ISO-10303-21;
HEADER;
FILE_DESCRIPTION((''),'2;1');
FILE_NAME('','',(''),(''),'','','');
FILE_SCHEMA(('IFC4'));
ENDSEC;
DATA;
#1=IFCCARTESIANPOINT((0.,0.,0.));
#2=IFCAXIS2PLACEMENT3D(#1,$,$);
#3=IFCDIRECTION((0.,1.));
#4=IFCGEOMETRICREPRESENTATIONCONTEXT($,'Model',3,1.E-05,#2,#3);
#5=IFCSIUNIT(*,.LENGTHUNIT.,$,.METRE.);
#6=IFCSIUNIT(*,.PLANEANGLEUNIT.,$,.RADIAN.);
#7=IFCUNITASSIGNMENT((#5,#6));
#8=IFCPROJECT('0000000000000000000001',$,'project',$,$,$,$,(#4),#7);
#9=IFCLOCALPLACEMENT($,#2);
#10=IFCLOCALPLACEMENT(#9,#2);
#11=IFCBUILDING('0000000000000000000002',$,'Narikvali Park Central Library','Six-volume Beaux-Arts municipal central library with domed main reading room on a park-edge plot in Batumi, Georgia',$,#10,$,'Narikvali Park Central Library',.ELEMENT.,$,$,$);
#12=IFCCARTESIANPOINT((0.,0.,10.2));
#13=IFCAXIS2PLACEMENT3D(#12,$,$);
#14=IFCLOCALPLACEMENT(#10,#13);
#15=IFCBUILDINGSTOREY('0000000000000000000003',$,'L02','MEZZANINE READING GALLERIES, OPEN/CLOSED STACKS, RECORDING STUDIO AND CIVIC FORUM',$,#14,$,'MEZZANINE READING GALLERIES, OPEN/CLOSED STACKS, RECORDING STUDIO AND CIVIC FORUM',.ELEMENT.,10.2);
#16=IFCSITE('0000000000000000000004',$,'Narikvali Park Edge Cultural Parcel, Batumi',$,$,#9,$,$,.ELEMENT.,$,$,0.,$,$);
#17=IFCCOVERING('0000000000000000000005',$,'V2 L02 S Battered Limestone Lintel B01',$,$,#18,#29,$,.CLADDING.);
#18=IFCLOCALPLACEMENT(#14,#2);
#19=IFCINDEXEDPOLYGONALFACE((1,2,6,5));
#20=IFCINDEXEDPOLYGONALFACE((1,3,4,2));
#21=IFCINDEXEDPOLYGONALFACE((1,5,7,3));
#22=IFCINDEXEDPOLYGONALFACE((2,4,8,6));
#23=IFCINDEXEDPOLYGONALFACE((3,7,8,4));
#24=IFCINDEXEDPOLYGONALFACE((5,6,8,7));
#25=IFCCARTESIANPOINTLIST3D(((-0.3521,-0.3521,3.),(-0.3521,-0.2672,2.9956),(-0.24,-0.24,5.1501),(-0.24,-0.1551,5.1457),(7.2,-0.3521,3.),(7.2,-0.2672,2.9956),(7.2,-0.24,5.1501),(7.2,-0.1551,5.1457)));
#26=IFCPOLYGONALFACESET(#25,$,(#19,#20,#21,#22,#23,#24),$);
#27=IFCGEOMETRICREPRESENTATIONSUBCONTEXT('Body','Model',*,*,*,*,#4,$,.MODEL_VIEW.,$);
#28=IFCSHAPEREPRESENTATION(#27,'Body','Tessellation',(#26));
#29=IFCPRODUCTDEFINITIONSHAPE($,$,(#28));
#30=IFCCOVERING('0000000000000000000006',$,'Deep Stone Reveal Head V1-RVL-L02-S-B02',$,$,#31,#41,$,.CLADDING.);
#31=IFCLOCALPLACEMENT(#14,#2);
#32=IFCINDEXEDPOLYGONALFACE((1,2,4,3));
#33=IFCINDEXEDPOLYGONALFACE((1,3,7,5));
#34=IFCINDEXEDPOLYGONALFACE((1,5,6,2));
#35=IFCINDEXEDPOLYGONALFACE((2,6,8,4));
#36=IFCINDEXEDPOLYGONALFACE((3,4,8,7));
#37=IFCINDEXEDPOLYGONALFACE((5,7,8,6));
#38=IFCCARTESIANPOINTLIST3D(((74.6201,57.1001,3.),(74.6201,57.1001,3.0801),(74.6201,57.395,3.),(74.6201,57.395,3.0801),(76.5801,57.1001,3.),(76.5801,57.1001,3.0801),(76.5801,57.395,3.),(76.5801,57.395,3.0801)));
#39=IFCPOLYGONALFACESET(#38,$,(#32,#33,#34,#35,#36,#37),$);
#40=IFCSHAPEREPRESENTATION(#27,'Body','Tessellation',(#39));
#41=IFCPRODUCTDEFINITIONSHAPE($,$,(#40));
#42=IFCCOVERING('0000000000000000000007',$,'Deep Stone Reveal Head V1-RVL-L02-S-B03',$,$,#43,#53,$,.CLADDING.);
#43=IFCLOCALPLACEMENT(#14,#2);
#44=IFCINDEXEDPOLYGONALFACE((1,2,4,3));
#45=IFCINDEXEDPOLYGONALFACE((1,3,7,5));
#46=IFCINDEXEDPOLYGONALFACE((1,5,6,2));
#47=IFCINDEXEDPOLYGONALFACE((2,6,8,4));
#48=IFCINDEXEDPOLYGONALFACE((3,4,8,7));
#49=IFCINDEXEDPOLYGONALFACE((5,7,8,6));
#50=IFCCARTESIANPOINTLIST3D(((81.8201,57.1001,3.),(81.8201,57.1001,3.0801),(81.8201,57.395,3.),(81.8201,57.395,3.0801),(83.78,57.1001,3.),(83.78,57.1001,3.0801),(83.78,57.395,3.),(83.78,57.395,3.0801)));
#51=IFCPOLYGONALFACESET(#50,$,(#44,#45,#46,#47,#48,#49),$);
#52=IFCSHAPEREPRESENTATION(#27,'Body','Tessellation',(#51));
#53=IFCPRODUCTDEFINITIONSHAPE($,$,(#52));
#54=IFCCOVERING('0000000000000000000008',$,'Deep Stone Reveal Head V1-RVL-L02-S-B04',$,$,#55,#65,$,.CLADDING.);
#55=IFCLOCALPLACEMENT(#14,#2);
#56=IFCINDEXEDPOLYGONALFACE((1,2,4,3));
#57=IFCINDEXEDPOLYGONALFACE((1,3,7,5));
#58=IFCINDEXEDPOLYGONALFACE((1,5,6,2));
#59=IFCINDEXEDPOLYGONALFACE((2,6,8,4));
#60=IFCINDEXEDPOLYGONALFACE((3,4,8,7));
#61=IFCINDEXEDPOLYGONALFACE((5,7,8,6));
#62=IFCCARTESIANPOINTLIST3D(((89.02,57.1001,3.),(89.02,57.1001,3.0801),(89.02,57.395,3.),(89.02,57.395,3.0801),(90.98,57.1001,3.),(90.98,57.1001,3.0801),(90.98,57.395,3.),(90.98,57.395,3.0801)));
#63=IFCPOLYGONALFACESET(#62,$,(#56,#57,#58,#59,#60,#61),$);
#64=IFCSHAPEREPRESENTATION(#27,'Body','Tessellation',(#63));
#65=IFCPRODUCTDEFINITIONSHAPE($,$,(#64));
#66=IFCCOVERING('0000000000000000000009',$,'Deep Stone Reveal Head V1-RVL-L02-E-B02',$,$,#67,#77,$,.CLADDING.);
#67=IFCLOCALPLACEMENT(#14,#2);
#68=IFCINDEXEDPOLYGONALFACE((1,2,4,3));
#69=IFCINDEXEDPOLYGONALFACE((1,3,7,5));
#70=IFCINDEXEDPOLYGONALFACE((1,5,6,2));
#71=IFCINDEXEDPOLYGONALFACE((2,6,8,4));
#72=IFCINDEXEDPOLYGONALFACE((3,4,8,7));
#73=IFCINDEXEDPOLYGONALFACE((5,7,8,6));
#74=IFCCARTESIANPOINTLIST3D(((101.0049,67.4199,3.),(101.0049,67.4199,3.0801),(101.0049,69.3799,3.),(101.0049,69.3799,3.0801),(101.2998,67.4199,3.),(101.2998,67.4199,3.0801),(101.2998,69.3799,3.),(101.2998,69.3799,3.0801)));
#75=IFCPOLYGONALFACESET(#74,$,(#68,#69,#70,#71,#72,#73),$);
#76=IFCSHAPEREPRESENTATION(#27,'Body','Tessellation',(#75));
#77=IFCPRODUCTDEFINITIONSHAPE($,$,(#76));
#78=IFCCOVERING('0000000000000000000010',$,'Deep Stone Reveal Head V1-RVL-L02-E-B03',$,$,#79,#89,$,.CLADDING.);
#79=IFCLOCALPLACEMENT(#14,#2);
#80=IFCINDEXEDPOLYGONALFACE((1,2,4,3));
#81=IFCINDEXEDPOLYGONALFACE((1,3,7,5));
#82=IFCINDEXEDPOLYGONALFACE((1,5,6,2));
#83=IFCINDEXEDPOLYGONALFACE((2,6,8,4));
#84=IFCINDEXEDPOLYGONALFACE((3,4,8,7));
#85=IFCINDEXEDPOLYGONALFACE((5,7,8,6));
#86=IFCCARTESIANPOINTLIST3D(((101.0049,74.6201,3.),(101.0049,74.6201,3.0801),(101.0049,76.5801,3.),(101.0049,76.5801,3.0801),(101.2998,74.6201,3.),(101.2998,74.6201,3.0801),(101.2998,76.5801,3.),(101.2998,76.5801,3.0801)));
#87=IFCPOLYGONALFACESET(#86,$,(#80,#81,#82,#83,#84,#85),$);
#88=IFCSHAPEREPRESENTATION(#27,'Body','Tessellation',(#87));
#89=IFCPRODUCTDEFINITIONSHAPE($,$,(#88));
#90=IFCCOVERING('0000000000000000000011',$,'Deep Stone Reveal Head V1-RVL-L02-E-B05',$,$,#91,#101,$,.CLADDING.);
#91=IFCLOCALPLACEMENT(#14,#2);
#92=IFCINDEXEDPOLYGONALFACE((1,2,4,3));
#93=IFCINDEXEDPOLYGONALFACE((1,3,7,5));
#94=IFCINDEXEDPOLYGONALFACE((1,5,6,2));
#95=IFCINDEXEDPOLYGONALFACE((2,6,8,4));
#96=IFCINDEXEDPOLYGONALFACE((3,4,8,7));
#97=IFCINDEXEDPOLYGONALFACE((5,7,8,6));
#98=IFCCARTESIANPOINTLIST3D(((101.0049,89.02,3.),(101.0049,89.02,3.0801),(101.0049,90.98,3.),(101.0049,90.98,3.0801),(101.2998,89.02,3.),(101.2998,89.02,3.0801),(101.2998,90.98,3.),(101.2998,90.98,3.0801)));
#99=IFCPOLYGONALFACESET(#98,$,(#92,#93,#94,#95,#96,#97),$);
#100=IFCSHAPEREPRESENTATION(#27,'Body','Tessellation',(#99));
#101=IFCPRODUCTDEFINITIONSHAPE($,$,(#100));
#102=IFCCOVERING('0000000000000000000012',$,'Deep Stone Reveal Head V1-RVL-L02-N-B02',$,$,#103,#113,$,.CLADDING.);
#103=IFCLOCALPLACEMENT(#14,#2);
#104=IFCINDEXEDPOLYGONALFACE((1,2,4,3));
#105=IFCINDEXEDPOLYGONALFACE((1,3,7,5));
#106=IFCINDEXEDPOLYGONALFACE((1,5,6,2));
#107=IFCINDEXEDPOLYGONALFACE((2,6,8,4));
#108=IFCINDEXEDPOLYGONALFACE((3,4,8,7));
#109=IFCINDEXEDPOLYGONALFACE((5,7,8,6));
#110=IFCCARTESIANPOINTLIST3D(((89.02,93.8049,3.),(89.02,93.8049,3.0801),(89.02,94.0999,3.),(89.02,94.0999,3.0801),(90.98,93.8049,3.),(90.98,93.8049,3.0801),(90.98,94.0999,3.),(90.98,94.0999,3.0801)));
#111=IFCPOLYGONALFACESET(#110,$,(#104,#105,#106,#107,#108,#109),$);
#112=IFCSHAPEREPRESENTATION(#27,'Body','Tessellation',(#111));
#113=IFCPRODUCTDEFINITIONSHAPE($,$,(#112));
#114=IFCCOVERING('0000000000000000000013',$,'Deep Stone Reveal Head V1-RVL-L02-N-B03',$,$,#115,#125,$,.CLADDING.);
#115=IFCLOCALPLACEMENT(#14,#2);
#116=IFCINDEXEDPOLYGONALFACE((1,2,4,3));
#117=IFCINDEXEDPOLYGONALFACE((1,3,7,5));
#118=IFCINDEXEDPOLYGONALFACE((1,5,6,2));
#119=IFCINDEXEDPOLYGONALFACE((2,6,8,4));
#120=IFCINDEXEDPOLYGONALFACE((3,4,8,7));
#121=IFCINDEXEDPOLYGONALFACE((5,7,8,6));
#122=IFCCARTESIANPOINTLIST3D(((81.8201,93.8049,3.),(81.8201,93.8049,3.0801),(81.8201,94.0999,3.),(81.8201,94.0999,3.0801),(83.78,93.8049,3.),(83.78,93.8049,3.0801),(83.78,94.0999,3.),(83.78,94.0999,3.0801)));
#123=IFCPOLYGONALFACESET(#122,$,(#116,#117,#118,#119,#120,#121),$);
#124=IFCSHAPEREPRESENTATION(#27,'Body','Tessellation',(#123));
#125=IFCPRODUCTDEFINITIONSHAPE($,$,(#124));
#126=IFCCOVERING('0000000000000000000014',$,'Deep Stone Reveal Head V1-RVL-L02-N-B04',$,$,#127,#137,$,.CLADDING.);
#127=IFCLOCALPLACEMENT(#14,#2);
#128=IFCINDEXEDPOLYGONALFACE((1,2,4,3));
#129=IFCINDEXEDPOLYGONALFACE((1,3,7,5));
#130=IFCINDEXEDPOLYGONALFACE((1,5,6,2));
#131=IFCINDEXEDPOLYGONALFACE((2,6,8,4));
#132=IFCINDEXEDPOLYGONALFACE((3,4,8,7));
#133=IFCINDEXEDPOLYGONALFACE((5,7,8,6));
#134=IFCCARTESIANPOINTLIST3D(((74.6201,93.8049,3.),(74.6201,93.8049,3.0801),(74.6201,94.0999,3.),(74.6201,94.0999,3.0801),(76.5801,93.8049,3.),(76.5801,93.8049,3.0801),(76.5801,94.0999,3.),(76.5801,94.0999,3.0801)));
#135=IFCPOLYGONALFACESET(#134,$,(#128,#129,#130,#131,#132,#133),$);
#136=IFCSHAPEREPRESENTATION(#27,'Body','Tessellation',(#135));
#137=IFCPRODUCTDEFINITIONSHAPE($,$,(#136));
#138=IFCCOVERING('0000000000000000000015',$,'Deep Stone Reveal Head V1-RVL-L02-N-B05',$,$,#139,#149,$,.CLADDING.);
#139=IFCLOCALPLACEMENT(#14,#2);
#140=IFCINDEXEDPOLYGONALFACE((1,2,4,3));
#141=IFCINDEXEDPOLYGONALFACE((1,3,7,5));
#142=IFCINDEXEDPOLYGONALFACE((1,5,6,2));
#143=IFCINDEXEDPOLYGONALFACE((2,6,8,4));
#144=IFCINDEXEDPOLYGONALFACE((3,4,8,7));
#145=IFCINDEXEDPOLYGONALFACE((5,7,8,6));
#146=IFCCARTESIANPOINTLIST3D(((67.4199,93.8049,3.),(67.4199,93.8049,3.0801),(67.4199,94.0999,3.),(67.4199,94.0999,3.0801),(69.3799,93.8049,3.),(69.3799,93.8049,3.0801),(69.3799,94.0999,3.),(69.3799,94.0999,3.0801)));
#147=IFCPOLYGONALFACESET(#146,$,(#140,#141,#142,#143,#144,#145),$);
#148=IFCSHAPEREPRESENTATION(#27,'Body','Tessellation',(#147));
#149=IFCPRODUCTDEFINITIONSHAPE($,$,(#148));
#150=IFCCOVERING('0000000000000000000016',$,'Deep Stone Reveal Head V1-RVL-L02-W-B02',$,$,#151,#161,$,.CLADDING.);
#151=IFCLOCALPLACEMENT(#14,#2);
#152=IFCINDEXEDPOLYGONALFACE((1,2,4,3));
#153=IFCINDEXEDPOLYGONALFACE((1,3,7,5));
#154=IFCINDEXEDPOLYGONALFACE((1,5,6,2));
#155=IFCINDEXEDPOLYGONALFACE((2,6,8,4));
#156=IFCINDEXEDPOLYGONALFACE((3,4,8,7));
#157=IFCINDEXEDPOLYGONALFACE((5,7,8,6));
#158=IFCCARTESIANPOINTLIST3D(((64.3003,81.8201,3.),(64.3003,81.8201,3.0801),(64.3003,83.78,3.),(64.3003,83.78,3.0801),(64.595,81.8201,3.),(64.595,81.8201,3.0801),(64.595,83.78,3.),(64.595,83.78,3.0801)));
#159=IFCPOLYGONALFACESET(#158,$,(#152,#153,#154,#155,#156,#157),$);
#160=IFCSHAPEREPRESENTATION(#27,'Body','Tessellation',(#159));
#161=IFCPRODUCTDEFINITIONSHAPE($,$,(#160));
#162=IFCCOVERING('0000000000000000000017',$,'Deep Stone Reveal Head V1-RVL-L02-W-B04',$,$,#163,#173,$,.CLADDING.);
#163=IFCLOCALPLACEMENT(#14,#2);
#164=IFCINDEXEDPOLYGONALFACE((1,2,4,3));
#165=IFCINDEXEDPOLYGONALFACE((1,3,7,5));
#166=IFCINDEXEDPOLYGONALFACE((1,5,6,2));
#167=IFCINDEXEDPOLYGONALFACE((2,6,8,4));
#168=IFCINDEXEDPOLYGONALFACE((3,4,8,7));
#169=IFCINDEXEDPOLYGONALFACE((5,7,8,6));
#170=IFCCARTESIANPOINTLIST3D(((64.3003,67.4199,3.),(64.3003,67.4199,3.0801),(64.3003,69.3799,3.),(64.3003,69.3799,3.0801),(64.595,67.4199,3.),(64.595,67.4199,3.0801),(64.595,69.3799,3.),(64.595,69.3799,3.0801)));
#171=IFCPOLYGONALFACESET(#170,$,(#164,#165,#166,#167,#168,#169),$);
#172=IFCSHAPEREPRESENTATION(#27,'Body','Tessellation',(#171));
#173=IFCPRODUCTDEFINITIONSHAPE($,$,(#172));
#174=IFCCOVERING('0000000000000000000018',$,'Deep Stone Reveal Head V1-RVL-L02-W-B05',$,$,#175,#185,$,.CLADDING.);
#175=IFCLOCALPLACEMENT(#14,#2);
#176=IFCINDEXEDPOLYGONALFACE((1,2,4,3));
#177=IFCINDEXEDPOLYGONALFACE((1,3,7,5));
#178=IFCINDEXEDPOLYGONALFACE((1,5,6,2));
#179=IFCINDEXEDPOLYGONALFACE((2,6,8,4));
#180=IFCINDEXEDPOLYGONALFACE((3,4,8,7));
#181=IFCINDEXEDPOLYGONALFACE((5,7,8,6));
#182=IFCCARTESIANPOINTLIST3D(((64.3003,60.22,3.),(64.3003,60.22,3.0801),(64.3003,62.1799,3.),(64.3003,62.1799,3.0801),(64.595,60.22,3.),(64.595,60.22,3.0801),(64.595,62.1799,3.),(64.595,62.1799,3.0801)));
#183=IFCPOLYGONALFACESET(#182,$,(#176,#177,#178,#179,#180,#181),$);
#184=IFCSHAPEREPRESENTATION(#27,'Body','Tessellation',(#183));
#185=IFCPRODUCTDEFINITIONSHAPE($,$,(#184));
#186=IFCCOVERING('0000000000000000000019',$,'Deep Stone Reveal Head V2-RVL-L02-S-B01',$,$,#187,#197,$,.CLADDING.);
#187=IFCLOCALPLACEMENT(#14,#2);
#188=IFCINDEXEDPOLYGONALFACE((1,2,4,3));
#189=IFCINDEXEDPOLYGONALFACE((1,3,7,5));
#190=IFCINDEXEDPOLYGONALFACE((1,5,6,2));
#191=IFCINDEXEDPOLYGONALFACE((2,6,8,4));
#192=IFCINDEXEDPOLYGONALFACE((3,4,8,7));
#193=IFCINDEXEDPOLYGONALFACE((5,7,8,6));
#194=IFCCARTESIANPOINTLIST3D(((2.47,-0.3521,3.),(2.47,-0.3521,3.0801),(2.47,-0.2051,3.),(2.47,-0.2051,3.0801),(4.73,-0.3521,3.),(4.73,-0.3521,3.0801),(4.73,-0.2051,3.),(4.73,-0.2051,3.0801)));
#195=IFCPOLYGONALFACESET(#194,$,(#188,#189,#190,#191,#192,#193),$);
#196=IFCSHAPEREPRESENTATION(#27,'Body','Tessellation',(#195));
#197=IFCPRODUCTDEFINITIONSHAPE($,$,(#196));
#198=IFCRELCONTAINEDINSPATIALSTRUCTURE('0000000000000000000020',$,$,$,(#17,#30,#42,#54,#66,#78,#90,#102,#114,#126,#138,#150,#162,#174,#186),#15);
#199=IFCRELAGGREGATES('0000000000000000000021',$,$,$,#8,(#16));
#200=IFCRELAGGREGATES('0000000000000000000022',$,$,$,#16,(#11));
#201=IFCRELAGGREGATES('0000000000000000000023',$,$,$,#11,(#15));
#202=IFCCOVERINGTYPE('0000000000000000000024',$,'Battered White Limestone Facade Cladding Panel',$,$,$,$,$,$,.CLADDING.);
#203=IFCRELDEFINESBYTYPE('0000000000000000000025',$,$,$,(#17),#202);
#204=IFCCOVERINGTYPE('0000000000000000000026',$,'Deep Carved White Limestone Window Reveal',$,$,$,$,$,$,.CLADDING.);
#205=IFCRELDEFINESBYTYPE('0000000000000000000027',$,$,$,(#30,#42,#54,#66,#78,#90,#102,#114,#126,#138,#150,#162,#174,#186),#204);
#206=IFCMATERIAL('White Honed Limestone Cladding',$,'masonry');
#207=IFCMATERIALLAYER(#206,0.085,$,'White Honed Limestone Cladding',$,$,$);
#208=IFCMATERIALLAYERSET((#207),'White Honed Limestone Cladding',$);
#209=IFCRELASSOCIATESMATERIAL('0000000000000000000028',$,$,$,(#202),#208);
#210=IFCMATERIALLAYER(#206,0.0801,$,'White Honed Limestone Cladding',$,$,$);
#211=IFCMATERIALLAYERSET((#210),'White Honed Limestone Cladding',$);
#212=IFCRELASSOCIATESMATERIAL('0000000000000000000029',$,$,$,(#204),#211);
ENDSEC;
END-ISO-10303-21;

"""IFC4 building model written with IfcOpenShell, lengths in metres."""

from ifc_helpers import new_model, si_unit, direction, frame, origin, place, context, subcontext, project, spatial, polyline, outline, extrude, material, layer, layer_set, type_object, element, save


model = new_model("IFC4")

# Units and contexts
model_context = context("Model", 3, precision=1e-05, world=origin(), true_north=direction((0.0, 1.0)))
body_context = subcontext(model_context, "Body", "Model", "MODEL_VIEW")
ifc_project = project(units=[si_unit("LENGTHUNIT", "METRE"), si_unit("PLANEANGLEUNIT", "RADIAN")], contexts=[model_context])

# Site, building, storey
site_placement = place(None, origin())
site = spatial("IfcSite", under=ifc_project, at=site_placement, Name="Narikvali Park Edge Cultural Parcel, Batumi", CompositionType="ELEMENT", RefElevation=0.0)
building_placement = place(site_placement, origin())
building = spatial("IfcBuilding", under=site, at=building_placement, Name="Narikvali Park Central Library", Description="Six-volume Beaux-Arts municipal central library with domed main reading room on a park-edge plot in Batumi, Georgia", LongName="Narikvali Park Central Library", CompositionType="ELEMENT")
storey_placement = place(building_placement, frame((0.0, 0.0, 10.2)))
storey = spatial("IfcBuildingStorey", under=building, at=storey_placement, Name="L02", Description="MEZZANINE READING GALLERIES, OPEN/CLOSED STACKS, RECORDING STUDIO AND CIVIC FORUM", LongName="MEZZANINE READING GALLERIES, OPEN/CLOSED STACKS, RECORDING STUDIO AND CIVIC FORUM", CompositionType="ELEMENT", Elevation=10.2)

# Coverings
ifc_material = material(Name="White Honed Limestone Cladding", Category="masonry")
ifc_layer_1 = layer(ifc_material, 0.085, Name="White Honed Limestone Cladding")
ifc_layer_set_1 = layer_set([ifc_layer_1], Name="White Honed Limestone Cladding")
covering_type_1 = type_object("IfcCoveringType", Name="Battered White Limestone Facade Cladding Panel", PredefinedType="CLADDING", material=ifc_layer_set_1)
covering_1_placement = place(storey_placement, frame((-0.3521, -0.3521, 3.0), z_axis=(0.0, -0.998645, 0.052047), x_axis=(1.0, 0.0, 0.0)))
element("IfcCovering", 1, at=covering_1_placement, inside=storey, type_object=covering_type_1, Name="V2 L02 S Battered Limestone Lintel B01", PredefinedType="CLADDING", context=body_context, shape_type="SweptSolid", body=[
    extrude(outline(polyline([(0.0, 0.0), (7.552, 0.0), (7.552, 2.1531), (0.1121, 2.1531), (0.0, 0.0)])), origin(), (0.0, 0.0, -1.0), 0.085),
])
ifc_layer_2 = layer(ifc_material, 0.0801, Name="White Honed Limestone Cladding")
ifc_layer_set_2 = layer_set([ifc_layer_2], Name="White Honed Limestone Cladding")
covering_type_2 = type_object("IfcCoveringType", Name="Deep Carved White Limestone Window Reveal", PredefinedType="CLADDING", material=ifc_layer_set_2)
covering_2_placement = place(storey_placement, frame((0.0, 0.0, 3.0)))
element("IfcCovering", 2, at=covering_2_placement, inside=storey, type_object=covering_type_2, Name="Deep Stone Reveal Head V1-RVL-L02-S-B02", PredefinedType="CLADDING", context=body_context, shape_type="SweptSolid", body=[
    extrude(outline(polyline([(74.6201, 57.395), (76.5801, 57.395), (76.5801, 57.1001), (74.6201, 57.1001), (74.6201, 57.395)])), origin(), (0.0, 0.0, 1.0), 0.0801),
])
covering_3_placement = place(storey_placement, frame((0.0, 0.0, 3.0)))
element("IfcCovering", 3, at=covering_3_placement, inside=storey, type_object=covering_type_2, Name="Deep Stone Reveal Head V1-RVL-L02-S-B03", PredefinedType="CLADDING", context=body_context, shape_type="SweptSolid", body=[
    extrude(outline(polyline([(81.8201, 57.395), (83.78, 57.395), (83.78, 57.1001), (81.8201, 57.1001), (81.8201, 57.395)])), origin(), (0.0, 0.0, 1.0), 0.0801),
])
covering_4_placement = place(storey_placement, frame((0.0, 0.0, 3.0)))
element("IfcCovering", 4, at=covering_4_placement, inside=storey, type_object=covering_type_2, Name="Deep Stone Reveal Head V1-RVL-L02-S-B04", PredefinedType="CLADDING", context=body_context, shape_type="SweptSolid", body=[
    extrude(outline(polyline([(89.02, 57.395), (90.98, 57.395), (90.98, 57.1001), (89.02, 57.1001), (89.02, 57.395)])), origin(), (0.0, 0.0, 1.0), 0.0801),
])
covering_5_placement = place(storey_placement, frame((0.0, 0.0, 3.0)))
element("IfcCovering", 5, at=covering_5_placement, inside=storey, type_object=covering_type_2, Name="Deep Stone Reveal Head V1-RVL-L02-E-B02", PredefinedType="CLADDING", context=body_context, shape_type="SweptSolid", body=[
    extrude(outline(polyline([(101.0049, 67.4199), (101.0049, 69.3799), (101.2998, 69.3799), (101.2998, 67.4199), (101.0049, 67.4199)])), origin(), (0.0, 0.0, 1.0), 0.0801),
])
covering_6_placement = place(storey_placement, frame((0.0, 0.0, 3.0)))
element("IfcCovering", 6, at=covering_6_placement, inside=storey, type_object=covering_type_2, Name="Deep Stone Reveal Head V1-RVL-L02-E-B03", PredefinedType="CLADDING", context=body_context, shape_type="SweptSolid", body=[
    extrude(outline(polyline([(101.0049, 74.6201), (101.0049, 76.5801), (101.2998, 76.5801), (101.2998, 74.6201), (101.0049, 74.6201)])), origin(), (0.0, 0.0, 1.0), 0.0801),
])
covering_7_placement = place(storey_placement, frame((0.0, 0.0, 3.0)))
element("IfcCovering", 7, at=covering_7_placement, inside=storey, type_object=covering_type_2, Name="Deep Stone Reveal Head V1-RVL-L02-E-B05", PredefinedType="CLADDING", context=body_context, shape_type="SweptSolid", body=[
    extrude(outline(polyline([(101.0049, 89.02), (101.0049, 90.98), (101.2998, 90.98), (101.2998, 89.02), (101.0049, 89.02)])), origin(), (0.0, 0.0, 1.0), 0.0801),
])
covering_8_placement = place(storey_placement, frame((0.0, 0.0, 3.0)))
element("IfcCovering", 8, at=covering_8_placement, inside=storey, type_object=covering_type_2, Name="Deep Stone Reveal Head V1-RVL-L02-N-B02", PredefinedType="CLADDING", context=body_context, shape_type="SweptSolid", body=[
    extrude(outline(polyline([(90.98, 93.8049), (89.02, 93.8049), (89.02, 94.0999), (90.98, 94.0999), (90.98, 93.8049)])), origin(), (0.0, 0.0, 1.0), 0.0801),
])
covering_9_placement = place(storey_placement, frame((0.0, 0.0, 3.0)))
element("IfcCovering", 9, at=covering_9_placement, inside=storey, type_object=covering_type_2, Name="Deep Stone Reveal Head V1-RVL-L02-N-B03", PredefinedType="CLADDING", context=body_context, shape_type="SweptSolid", body=[
    extrude(outline(polyline([(83.78, 93.8049), (81.8201, 93.8049), (81.8201, 94.0999), (83.78, 94.0999), (83.78, 93.8049)])), origin(), (0.0, 0.0, 1.0), 0.0801),
])
covering_10_placement = place(storey_placement, frame((0.0, 0.0, 3.0)))
element("IfcCovering", 10, at=covering_10_placement, inside=storey, type_object=covering_type_2, Name="Deep Stone Reveal Head V1-RVL-L02-N-B04", PredefinedType="CLADDING", context=body_context, shape_type="SweptSolid", body=[
    extrude(outline(polyline([(76.5801, 93.8049), (74.6201, 93.8049), (74.6201, 94.0999), (76.5801, 94.0999), (76.5801, 93.8049)])), origin(), (0.0, 0.0, 1.0), 0.0801),
])
covering_11_placement = place(storey_placement, frame((0.0, 0.0, 3.0)))
element("IfcCovering", 11, at=covering_11_placement, inside=storey, type_object=covering_type_2, Name="Deep Stone Reveal Head V1-RVL-L02-N-B05", PredefinedType="CLADDING", context=body_context, shape_type="SweptSolid", body=[
    extrude(outline(polyline([(69.3799, 93.8049), (67.4199, 93.8049), (67.4199, 94.0999), (69.3799, 94.0999), (69.3799, 93.8049)])), origin(), (0.0, 0.0, 1.0), 0.0801),
])
covering_12_placement = place(storey_placement, frame((0.0, 0.0, 3.0)))
element("IfcCovering", 12, at=covering_12_placement, inside=storey, type_object=covering_type_2, Name="Deep Stone Reveal Head V1-RVL-L02-W-B02", PredefinedType="CLADDING", context=body_context, shape_type="SweptSolid", body=[
    extrude(outline(polyline([(64.595, 83.78), (64.595, 81.8201), (64.3003, 81.8201), (64.3003, 83.78), (64.595, 83.78)])), origin(), (0.0, 0.0, 1.0), 0.0801),
])
covering_13_placement = place(storey_placement, frame((0.0, 0.0, 3.0)))
element("IfcCovering", 13, at=covering_13_placement, inside=storey, type_object=covering_type_2, Name="Deep Stone Reveal Head V1-RVL-L02-W-B04", PredefinedType="CLADDING", context=body_context, shape_type="SweptSolid", body=[
    extrude(outline(polyline([(64.595, 69.3799), (64.595, 67.4199), (64.3003, 67.4199), (64.3003, 69.3799), (64.595, 69.3799)])), origin(), (0.0, 0.0, 1.0), 0.0801),
])
covering_14_placement = place(storey_placement, frame((0.0, 0.0, 3.0)))
element("IfcCovering", 14, at=covering_14_placement, inside=storey, type_object=covering_type_2, Name="Deep Stone Reveal Head V1-RVL-L02-W-B05", PredefinedType="CLADDING", context=body_context, shape_type="SweptSolid", body=[
    extrude(outline(polyline([(64.595, 62.1799), (64.595, 60.22), (64.3003, 60.22), (64.3003, 62.1799), (64.595, 62.1799)])), origin(), (0.0, 0.0, 1.0), 0.0801),
])
covering_15_placement = place(storey_placement, frame((0.0, 0.0, 3.0)))
element("IfcCovering", 15, at=covering_15_placement, inside=storey, type_object=covering_type_2, Name="Deep Stone Reveal Head V2-RVL-L02-S-B01", PredefinedType="CLADDING", context=body_context, shape_type="SweptSolid", body=[
    extrude(outline(polyline([(2.47, -0.2051), (4.73, -0.2051), (4.73, -0.3521), (2.47, -0.3521), (2.47, -0.2051)])), origin(), (0.0, 0.0, 1.0), 0.0801),
])

save(model, "model.ifc")
